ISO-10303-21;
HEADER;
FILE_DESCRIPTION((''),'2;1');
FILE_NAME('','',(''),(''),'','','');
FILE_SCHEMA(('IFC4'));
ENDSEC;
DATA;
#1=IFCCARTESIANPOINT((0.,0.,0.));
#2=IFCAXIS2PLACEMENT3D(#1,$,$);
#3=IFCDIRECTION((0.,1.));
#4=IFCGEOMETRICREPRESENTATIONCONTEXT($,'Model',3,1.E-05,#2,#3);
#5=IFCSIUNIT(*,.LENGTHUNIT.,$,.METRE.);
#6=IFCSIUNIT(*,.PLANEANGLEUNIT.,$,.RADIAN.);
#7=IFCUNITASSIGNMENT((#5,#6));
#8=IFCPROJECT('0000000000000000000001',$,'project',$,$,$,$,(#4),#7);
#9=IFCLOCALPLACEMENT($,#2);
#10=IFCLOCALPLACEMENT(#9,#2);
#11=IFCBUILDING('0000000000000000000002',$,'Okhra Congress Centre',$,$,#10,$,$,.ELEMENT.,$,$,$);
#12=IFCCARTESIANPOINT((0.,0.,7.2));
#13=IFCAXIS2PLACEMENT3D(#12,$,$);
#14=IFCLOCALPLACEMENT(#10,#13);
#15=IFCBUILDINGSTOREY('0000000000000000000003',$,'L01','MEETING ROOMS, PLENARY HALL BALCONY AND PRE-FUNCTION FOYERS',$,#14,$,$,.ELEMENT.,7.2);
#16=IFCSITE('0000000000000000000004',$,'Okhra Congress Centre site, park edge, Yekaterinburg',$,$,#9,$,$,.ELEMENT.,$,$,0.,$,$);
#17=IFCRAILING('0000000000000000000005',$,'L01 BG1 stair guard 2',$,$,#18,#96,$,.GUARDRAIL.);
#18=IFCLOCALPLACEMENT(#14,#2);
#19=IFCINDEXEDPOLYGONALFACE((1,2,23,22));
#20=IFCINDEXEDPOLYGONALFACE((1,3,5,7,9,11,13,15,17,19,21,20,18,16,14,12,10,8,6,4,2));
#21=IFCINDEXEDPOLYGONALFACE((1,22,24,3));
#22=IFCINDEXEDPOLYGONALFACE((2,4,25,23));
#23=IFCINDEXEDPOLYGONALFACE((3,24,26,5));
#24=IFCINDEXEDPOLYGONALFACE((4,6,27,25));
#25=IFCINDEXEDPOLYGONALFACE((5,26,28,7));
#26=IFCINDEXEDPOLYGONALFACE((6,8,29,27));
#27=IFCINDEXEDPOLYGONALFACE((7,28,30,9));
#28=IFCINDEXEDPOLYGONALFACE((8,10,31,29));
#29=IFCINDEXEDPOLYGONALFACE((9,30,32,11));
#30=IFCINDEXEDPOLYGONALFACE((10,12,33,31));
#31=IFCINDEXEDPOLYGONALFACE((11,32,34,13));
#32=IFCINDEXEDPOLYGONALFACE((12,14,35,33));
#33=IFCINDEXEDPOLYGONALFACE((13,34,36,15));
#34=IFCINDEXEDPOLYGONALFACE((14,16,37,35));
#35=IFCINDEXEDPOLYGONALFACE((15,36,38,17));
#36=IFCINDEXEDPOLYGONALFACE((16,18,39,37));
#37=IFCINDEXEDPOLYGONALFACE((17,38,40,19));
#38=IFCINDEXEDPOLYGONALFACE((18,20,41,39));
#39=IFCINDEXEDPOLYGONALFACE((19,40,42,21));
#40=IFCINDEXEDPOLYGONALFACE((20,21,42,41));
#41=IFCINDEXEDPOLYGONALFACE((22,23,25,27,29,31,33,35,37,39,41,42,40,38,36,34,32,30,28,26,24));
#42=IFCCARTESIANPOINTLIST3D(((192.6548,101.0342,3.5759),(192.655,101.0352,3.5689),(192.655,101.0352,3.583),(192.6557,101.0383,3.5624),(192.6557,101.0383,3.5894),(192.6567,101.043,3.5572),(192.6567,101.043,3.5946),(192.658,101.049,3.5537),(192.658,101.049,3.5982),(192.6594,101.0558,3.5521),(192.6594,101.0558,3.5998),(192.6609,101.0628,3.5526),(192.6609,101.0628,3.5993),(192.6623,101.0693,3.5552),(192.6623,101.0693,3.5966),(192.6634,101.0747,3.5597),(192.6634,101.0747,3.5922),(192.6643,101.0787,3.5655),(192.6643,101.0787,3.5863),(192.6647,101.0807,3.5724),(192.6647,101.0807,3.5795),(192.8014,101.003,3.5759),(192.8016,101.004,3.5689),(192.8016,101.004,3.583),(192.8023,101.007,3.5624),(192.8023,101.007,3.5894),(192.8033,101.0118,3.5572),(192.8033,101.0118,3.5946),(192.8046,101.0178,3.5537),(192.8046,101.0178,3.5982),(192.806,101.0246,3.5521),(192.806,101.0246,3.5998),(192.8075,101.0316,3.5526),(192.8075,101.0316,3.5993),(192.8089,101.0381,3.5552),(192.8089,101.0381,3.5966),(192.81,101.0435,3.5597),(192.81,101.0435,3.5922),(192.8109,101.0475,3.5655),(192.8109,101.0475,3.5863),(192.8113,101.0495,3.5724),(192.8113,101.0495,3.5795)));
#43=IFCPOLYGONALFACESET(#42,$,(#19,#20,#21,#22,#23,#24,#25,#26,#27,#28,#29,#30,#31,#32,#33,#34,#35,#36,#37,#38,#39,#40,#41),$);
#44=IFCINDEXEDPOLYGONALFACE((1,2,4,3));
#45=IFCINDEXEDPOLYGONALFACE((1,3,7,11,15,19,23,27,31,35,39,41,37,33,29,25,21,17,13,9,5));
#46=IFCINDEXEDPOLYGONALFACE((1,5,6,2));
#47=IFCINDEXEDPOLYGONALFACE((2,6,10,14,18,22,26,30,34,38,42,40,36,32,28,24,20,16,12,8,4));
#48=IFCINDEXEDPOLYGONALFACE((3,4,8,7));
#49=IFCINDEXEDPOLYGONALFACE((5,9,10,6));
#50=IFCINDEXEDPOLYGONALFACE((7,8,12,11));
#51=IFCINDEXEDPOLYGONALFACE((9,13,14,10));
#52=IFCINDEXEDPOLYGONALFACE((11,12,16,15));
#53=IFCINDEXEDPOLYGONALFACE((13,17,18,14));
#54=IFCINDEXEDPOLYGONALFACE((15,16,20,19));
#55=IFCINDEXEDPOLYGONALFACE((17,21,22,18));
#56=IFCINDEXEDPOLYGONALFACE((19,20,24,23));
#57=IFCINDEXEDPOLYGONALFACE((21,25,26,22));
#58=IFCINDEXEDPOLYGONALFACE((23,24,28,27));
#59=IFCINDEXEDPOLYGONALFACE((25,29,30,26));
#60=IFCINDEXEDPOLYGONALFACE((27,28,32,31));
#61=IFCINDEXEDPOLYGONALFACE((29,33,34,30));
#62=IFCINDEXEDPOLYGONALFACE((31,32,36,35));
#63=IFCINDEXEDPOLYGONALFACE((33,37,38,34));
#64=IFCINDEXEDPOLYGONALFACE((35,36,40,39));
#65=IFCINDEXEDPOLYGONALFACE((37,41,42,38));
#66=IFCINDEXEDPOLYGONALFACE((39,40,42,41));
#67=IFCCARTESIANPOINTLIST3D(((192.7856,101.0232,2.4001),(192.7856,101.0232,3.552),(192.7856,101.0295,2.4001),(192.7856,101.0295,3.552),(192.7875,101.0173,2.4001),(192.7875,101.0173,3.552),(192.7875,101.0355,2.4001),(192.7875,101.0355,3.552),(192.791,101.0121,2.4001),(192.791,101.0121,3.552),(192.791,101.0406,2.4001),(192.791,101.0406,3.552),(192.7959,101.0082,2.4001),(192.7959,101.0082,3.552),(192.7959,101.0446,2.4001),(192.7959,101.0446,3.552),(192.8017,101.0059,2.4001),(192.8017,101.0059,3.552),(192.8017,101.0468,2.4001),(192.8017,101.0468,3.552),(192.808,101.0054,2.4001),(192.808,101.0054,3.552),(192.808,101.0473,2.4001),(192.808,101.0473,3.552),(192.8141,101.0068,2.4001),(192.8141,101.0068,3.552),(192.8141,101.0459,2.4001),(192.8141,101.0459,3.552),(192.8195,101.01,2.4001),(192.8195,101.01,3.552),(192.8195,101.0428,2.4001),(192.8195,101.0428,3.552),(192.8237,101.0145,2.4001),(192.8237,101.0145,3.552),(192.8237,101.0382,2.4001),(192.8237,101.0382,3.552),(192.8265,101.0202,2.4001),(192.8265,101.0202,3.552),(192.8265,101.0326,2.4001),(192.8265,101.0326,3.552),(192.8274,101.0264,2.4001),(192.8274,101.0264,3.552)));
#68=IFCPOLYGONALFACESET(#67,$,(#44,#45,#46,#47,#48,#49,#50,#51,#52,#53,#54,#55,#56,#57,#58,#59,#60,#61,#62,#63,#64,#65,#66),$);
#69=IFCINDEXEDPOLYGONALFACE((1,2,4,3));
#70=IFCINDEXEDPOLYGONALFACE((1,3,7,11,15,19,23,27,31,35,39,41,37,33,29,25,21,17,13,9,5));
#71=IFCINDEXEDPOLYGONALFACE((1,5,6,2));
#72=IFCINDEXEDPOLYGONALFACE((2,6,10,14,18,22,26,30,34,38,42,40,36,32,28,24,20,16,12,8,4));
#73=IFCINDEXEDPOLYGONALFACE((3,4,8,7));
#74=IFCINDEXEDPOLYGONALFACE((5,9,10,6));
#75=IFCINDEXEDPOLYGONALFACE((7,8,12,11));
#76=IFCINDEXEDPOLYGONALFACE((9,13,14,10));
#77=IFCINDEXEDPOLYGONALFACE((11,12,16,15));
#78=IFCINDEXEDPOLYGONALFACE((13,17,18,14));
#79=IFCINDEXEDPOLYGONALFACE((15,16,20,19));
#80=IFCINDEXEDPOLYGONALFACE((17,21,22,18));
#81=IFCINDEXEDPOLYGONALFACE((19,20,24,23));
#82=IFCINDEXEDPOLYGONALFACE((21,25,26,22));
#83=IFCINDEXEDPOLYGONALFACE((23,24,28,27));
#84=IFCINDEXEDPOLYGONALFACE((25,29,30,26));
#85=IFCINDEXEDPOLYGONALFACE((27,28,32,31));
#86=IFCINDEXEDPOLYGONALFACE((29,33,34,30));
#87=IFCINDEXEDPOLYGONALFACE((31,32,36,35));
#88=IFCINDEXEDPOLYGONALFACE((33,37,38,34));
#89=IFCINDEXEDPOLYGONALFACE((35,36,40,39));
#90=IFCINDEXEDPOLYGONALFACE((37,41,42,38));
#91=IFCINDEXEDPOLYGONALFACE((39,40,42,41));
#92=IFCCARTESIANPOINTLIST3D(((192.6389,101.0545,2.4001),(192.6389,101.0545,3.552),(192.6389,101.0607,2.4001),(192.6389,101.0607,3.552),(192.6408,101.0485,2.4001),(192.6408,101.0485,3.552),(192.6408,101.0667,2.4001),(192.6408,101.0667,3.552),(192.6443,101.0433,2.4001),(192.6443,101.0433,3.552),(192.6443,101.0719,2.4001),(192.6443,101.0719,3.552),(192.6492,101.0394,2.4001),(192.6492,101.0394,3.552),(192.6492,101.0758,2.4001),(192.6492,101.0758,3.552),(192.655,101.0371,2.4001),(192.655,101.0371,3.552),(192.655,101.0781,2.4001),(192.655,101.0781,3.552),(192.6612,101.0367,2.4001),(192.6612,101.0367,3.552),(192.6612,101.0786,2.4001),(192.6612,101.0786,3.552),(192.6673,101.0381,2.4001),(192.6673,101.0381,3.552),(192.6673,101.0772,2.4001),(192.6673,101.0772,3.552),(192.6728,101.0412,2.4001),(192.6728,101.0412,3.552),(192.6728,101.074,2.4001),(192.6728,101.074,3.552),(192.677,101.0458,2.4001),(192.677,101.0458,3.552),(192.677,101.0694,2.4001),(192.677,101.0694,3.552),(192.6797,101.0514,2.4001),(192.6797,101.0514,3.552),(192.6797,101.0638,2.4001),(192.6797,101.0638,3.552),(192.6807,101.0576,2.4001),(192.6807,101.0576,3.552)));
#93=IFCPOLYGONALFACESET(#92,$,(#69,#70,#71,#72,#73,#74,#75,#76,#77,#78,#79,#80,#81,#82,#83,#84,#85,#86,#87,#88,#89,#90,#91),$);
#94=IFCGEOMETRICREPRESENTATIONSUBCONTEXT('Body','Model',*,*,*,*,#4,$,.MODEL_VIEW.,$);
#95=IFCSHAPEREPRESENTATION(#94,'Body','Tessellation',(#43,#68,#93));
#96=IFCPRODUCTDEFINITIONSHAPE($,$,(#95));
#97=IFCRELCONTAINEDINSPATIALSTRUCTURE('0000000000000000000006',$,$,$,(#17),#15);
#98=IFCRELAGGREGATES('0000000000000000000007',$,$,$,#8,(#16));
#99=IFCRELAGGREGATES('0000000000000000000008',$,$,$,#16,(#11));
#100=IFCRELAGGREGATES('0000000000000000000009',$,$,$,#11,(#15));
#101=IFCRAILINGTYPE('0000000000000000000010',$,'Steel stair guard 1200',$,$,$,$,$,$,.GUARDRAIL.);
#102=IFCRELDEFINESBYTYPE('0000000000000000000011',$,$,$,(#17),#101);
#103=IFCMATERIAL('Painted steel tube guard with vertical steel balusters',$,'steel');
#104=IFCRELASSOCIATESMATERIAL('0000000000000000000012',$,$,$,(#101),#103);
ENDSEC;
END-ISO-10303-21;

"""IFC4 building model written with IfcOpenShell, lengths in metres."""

from ifc_helpers import new_model, si_unit, direction, frame, origin, origin_2d, place, context, subcontext, project, spatial, circle, extrude, material, type_object, element, save


model = new_model("IFC4")

# Units and contexts
model_context = context("Model", 3, precision=1e-05, world=origin(), true_north=direction((0.0, 1.0)))
body_context = subcontext(model_context, "Body", "Model", "MODEL_VIEW")
ifc_project = project(units=[si_unit("LENGTHUNIT", "METRE"), si_unit("PLANEANGLEUNIT", "RADIAN")], contexts=[model_context])

# Site, building, storey
site_placement = place(None, origin())
site = spatial("IfcSite", under=ifc_project, at=site_placement, Name="Okhra Congress Centre site, park edge, Yekaterinburg", CompositionType="ELEMENT", RefElevation=0.0)
building_placement = place(site_placement, origin())
building = spatial("IfcBuilding", under=site, at=building_placement, Name="Okhra Congress Centre", CompositionType="ELEMENT")
storey_placement = place(building_placement, frame((0.0, 0.0, 7.2)))
storey = spatial("IfcBuildingStorey", under=building, at=storey_placement, Name="L01", Description="MEETING ROOMS, PLENARY HALL BALCONY AND PRE-FUNCTION FOYERS", CompositionType="ELEMENT", Elevation=7.2)

# Railing
ifc_material_1 = material(Name="Painted steel tube guard with vertical steel balusters", Category="steel")
railing_type_1 = type_object("IfcRailingType", Name="Steel stair guard 1200", PredefinedType="GUARDRAIL", material=ifc_material_1)
railing_1_placement = place(storey_placement, frame((192.8064, 101.0264, 2.4001)))
element("IfcRailing", 1, at=railing_1_placement, inside=storey, type_object=railing_type_1, Name="L01 BG1 stair guard 2", PredefinedType="GUARDRAIL", context=body_context, shape_type="SweptSolid", body=[
    extrude(circle(Radius=0.0239, at=origin_2d()), frame((0.0, 0.0, 1.1758), z_axis=(-0.978064, 0.208306, 0.0), x_axis=(-0.208306, -0.978064, 0.0)), (0.0, 0.0, 1.0), 0.1499),
    extrude(circle(Radius=0.021, at=origin_2d()), origin(), (0.0, 0.0, 1.0), 1.1519),
    extrude(circle(Radius=0.021, at=origin_2d()), frame((-0.1467, 0.0312, 0.0)), (0.0, 0.0, 1.0), 1.1519),
])

save(model, "model.ifc")
